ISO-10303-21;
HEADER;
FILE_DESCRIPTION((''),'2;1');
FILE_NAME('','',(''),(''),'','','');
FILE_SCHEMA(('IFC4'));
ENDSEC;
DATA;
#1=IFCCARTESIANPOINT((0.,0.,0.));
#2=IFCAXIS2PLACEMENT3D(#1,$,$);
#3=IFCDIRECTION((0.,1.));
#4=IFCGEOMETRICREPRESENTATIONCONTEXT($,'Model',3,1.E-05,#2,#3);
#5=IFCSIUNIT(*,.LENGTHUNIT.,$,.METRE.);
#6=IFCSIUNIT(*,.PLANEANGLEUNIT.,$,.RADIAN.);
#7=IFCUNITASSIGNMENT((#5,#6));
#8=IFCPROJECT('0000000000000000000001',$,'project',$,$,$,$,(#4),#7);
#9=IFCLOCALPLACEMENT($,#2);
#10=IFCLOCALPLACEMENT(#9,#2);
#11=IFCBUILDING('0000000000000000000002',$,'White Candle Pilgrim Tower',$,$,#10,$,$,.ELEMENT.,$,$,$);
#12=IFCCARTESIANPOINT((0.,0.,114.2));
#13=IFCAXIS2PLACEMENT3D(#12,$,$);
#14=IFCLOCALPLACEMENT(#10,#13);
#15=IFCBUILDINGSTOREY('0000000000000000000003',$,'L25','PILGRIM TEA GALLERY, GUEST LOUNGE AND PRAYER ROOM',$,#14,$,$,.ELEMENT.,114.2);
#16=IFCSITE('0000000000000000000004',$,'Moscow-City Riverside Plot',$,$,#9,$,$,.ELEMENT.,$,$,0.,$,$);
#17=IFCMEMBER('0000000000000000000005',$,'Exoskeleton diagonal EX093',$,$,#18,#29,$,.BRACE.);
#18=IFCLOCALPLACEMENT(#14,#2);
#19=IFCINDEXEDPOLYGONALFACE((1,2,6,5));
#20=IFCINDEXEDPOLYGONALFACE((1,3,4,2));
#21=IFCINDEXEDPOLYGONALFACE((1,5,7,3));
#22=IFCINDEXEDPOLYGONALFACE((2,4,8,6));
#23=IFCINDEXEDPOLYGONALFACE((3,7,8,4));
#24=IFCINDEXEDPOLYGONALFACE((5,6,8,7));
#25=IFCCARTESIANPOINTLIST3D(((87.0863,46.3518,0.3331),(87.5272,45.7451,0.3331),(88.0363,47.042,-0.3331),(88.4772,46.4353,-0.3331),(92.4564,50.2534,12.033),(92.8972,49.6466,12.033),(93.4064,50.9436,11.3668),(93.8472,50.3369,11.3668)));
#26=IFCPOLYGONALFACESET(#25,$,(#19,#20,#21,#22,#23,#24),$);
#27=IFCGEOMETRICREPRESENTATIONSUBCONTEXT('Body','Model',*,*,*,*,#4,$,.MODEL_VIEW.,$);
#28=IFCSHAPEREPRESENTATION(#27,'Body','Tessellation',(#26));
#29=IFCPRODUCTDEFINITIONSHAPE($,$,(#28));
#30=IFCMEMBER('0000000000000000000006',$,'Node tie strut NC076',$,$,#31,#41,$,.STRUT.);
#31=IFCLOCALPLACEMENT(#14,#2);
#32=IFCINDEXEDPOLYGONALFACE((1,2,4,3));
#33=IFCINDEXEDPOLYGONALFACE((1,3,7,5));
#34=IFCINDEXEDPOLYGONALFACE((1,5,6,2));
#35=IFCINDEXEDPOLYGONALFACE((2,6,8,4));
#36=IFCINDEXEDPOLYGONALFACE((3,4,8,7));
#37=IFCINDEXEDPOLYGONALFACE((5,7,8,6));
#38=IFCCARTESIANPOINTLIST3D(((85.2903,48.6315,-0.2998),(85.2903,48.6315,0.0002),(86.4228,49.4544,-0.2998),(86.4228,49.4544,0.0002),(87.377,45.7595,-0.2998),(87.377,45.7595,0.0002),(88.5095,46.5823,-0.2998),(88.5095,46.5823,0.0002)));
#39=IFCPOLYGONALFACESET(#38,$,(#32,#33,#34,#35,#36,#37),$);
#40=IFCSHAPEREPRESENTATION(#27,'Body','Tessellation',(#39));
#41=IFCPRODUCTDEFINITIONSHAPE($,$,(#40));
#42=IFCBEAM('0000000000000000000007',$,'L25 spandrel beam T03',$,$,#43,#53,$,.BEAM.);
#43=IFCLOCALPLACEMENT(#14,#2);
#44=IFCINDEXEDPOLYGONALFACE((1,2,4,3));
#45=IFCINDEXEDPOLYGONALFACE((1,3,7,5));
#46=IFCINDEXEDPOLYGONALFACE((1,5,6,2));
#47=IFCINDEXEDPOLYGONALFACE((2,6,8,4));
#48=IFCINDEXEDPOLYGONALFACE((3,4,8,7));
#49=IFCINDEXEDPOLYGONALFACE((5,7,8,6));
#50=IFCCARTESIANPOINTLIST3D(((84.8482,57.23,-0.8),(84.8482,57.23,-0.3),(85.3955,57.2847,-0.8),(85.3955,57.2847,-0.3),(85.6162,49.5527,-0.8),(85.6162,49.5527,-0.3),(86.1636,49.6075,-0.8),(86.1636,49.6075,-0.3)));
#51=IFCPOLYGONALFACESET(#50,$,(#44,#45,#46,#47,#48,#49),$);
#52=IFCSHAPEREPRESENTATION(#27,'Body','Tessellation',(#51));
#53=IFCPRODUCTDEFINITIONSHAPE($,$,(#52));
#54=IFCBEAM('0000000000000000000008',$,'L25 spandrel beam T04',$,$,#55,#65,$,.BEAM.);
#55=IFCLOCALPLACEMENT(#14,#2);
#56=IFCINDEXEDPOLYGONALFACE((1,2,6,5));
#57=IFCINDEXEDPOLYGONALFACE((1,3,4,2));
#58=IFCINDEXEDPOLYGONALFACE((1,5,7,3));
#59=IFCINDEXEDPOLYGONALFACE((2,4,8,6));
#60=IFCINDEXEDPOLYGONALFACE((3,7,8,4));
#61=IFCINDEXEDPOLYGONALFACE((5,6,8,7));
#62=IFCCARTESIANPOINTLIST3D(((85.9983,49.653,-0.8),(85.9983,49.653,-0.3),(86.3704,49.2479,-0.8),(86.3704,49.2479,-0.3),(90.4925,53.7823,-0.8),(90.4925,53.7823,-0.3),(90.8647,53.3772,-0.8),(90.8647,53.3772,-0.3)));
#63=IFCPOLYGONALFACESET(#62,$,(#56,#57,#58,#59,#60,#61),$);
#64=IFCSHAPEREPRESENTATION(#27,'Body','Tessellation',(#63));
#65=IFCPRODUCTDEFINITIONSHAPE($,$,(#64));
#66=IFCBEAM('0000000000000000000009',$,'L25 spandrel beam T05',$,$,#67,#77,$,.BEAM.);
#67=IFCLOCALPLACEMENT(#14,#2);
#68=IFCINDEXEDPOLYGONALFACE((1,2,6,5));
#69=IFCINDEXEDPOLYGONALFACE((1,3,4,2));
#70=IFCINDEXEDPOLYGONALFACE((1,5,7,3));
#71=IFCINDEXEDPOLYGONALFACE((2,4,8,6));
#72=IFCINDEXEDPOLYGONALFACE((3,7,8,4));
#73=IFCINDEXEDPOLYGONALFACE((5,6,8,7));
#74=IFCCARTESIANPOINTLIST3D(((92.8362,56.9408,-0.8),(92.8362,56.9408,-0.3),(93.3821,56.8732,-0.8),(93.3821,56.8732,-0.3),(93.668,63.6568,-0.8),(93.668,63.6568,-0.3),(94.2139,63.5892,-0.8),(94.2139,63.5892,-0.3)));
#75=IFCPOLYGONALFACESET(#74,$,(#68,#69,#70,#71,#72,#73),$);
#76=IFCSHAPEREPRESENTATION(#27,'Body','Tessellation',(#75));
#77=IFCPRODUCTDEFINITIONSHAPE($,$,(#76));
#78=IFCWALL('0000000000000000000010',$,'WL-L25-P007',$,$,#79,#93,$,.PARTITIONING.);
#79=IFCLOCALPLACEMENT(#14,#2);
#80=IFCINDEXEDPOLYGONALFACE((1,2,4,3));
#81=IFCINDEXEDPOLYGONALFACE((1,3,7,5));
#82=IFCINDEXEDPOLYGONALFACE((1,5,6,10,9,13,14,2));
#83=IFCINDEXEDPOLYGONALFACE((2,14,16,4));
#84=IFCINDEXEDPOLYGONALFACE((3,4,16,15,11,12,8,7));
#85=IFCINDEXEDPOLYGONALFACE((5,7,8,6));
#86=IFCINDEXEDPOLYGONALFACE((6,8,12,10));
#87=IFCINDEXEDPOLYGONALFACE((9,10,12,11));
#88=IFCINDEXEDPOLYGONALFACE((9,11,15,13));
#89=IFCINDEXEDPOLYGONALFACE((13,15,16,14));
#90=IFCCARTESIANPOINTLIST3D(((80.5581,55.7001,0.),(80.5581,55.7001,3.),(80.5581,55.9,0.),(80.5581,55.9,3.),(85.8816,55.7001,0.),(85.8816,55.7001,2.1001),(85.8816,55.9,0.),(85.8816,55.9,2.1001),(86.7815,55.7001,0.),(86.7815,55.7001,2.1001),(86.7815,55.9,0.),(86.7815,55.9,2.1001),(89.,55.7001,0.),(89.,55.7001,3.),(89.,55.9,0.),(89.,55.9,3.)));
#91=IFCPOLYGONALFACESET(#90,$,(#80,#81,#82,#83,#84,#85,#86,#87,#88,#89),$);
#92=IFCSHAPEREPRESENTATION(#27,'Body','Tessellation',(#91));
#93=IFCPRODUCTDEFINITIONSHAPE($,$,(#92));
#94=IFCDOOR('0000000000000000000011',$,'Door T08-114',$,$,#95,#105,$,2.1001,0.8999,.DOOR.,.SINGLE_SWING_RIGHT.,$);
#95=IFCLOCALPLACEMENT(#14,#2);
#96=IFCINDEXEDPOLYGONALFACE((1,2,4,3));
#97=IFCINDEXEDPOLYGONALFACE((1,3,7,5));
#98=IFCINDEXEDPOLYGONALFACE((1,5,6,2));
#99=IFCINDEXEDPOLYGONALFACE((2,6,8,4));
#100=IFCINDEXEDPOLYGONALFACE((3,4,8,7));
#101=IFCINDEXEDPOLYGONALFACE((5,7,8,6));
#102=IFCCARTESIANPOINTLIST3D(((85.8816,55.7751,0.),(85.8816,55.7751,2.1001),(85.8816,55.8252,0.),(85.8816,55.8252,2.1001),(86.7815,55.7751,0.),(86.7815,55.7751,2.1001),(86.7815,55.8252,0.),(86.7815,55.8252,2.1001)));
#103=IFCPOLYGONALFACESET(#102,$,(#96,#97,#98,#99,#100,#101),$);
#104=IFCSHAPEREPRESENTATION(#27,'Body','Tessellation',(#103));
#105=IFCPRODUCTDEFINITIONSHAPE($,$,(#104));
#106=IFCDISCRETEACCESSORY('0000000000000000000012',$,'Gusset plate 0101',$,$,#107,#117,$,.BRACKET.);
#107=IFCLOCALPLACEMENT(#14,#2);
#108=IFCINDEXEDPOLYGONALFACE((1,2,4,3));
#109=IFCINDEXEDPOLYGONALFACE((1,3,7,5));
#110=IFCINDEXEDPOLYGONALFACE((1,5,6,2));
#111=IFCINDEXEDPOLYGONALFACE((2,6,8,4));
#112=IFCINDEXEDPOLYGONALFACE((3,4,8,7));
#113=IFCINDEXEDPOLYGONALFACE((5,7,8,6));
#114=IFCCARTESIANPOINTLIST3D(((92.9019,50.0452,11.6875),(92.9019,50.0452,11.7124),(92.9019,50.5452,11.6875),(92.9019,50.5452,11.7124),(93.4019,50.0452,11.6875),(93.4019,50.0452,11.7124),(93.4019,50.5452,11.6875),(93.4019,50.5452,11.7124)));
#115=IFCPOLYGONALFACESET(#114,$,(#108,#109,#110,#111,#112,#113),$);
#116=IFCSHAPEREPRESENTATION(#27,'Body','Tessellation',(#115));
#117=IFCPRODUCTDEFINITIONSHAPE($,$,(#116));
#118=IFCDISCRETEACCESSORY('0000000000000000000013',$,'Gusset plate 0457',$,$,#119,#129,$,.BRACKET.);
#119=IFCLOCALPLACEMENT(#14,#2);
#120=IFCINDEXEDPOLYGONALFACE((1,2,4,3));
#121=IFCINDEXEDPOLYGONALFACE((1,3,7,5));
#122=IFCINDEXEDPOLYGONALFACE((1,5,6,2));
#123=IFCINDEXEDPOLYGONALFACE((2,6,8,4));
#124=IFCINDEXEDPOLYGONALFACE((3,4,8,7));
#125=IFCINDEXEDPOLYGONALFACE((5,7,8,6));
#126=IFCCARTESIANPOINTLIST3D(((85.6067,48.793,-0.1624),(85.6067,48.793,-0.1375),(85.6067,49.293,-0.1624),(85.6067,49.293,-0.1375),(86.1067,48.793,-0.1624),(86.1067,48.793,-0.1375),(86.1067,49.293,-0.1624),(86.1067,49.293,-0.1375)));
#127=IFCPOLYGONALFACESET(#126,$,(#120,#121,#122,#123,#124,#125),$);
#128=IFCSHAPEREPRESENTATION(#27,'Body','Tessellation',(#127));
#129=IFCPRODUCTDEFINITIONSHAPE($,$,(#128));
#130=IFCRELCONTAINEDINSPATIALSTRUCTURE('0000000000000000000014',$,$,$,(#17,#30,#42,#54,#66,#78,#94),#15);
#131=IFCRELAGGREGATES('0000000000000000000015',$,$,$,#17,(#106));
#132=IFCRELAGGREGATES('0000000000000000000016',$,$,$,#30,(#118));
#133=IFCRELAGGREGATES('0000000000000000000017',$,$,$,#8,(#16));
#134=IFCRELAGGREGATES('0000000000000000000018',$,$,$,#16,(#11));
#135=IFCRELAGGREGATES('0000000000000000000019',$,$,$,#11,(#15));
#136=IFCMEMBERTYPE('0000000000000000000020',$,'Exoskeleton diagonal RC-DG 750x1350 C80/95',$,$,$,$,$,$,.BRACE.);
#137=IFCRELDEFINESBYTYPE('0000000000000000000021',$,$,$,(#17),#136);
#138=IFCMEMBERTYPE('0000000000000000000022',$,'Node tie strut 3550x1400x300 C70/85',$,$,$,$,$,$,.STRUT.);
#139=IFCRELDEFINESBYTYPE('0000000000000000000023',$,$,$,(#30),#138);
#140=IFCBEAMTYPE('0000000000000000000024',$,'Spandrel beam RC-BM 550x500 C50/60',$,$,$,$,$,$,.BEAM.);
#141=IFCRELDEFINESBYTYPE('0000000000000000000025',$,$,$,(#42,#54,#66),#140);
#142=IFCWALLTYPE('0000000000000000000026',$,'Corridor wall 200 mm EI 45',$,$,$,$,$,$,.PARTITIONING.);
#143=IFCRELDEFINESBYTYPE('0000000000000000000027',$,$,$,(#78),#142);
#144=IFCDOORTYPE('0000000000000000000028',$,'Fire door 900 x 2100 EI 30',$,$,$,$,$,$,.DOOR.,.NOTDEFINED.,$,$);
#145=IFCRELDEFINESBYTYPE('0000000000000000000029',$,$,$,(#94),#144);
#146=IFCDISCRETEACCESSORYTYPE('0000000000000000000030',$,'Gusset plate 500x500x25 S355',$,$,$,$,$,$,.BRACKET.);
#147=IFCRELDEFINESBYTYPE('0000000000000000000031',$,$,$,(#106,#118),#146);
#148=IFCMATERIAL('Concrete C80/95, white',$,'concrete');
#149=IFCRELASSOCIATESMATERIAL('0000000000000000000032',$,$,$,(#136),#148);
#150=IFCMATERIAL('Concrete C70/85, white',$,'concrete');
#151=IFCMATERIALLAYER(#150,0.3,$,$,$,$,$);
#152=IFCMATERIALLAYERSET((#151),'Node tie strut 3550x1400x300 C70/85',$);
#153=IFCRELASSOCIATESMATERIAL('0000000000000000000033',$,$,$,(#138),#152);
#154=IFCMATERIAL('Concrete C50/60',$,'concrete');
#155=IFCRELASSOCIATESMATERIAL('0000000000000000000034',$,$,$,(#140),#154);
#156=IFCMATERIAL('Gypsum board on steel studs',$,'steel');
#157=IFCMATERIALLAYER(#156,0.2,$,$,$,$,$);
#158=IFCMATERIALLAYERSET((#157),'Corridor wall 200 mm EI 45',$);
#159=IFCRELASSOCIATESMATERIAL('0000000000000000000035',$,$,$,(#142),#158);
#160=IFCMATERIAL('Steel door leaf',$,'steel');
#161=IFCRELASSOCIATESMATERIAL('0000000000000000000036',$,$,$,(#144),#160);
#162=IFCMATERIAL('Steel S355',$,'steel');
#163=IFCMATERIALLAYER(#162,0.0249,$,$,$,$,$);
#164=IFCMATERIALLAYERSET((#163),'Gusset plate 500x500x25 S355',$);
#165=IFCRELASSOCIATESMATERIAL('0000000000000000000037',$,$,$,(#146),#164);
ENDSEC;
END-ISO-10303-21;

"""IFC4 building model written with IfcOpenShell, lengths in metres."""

from ifc_helpers import new_model, si_unit, direction, frame, frame_2d, origin, origin_2d, place, context, subcontext, project, spatial, rectangle, extrude, material, layer, layer_set, material_profile, profile_set, type_object, element, fill, aggregate, save


model = new_model("IFC4")

# Units and contexts
model_context = context("Model", 3, precision=1e-05, world=origin(), true_north=direction((0.0, 1.0)))
body_context = subcontext(model_context, "Body", "Model", "MODEL_VIEW")
ifc_project = project(units=[si_unit("LENGTHUNIT", "METRE"), si_unit("PLANEANGLEUNIT", "RADIAN")], contexts=[model_context])

# Site, building, storey
site_placement = place(None, origin())
site = spatial("IfcSite", under=ifc_project, at=site_placement, Name="Moscow-City Riverside Plot", CompositionType="ELEMENT", RefElevation=0.0)
building_placement = place(site_placement, origin())
building = spatial("IfcBuilding", under=site, at=building_placement, Name="White Candle Pilgrim Tower", CompositionType="ELEMENT")
storey_placement = place(building_placement, frame((0.0, 0.0, 114.2)))
storey = spatial("IfcBuildingStorey", under=building, at=storey_placement, Name="L25", Description="PILGRIM TEA GALLERY, GUEST LOUNGE AND PRAYER ROOM", CompositionType="ELEMENT", Elevation=114.2)

# Members
ifc_material_1 = material(Name="Concrete C80/95, white", Category="concrete")
ifc_material_profile_1 = material_profile(ifc_material_1, rectangle(XDim=0.75, YDim=1.3501, at=origin_2d()), Name="RC-DG 750x1350")
ifc_profile_set_1 = profile_set([ifc_material_profile_1], Name="Concrete C80/95, white")
member_type_1 = type_object("IfcMemberType", Name="Exoskeleton diagonal RC-DG 750x1350 C80/95", PredefinedType="BRACE", material=ifc_profile_set_1)
member_1_placement = place(storey_placement, frame((87.7817, 46.3936, 0.0), z_axis=(0.399213, 0.290045, 0.869772), x_axis=(-0.587785, 0.809018, 0.0)))
member_1 = element("IfcMember", 1, at=member_1_placement, inside=storey, type_object=member_type_1, Name="Exoskeleton diagonal EX093", PredefinedType="BRACE", context=body_context, shape_type="SweptSolid", body=[
    extrude(rectangle(XDim=0.75, YDim=1.3501, at=origin_2d()), origin(), (0.0, 0.0, 1.0), 13.4517),
])
ifc_material_2 = material(Name="Concrete C70/85, white", Category="concrete")
ifc_layer_1 = layer(ifc_material_2, 0.3)
ifc_layer_set_1 = layer_set([ifc_layer_1], Name="Node tie strut 3550x1400x300 C70/85")
member_type_2 = type_object("IfcMemberType", Name="Node tie strut 3550x1400x300 C70/85", PredefinedType="STRUT", material=ifc_layer_set_1)
member_2_placement = place(storey_placement, frame((86.8999, 47.6069, -0.2998), z_axis=(0.0, 0.0, 1.0), x_axis=(0.809017, 0.587785, 0.0)))
member_2 = element("IfcMember", 2, at=member_2_placement, inside=storey, type_object=member_type_2, Name="Node tie strut NC076", PredefinedType="STRUT", context=body_context, shape_type="SweptSolid", body=[
    extrude(rectangle(XDim=1.3999, YDim=3.55, at=origin_2d()), origin(), (0.0, 0.0, 1.0), 0.3),
])

# Beams
ifc_material_3 = material(Name="Concrete C50/60", Category="concrete")
ifc_material_profile_2 = material_profile(ifc_material_3, rectangle(XDim=0.55, YDim=0.5, at=origin_2d()), Name="RC-BM 550x500")
ifc_profile_set_2 = profile_set([ifc_material_profile_2], Name="Concrete C50/60")
beam_type = type_object("IfcBeamType", Name="Spandrel beam RC-BM 550x500 C50/60", PredefinedType="BEAM", material=ifc_profile_set_2)
beam_1_placement = place(storey_placement, frame((85.8899, 49.5801, -0.55), z_axis=(-0.099548, 0.995033, 0.0), x_axis=(-0.995033, -0.099548, 0.0)))
element("IfcBeam", 3, at=beam_1_placement, inside=storey, type_object=beam_type, Name="L25 spandrel beam T03", PredefinedType="BEAM", context=body_context, shape_type="SweptSolid", body=[
    extrude(rectangle(XDim=0.55, YDim=0.5, at=origin_2d()), origin(), (0.0, 0.0, 1.0), 7.7156),
])
beam_2_placement = place(storey_placement, frame((86.1843, 49.4504, -0.55), z_axis=(0.736375, 0.676574, 0.0), x_axis=(-0.676574, 0.736375, 0.0)))
element("IfcBeam", 4, at=beam_2_placement, inside=storey, type_object=beam_type, Name="L25 spandrel beam T04", PredefinedType="BEAM", context=body_context, shape_type="SweptSolid", body=[
    extrude(rectangle(XDim=0.55, YDim=0.5, at=origin_2d()), origin(), (0.0, 0.0, 1.0), 6.1033),
])
beam_3_placement = place(storey_placement, frame((93.1091, 56.907, -0.55), z_axis=(0.122911, 0.992418, 0.0), x_axis=(-0.992418, 0.122911, 0.0)))
element("IfcBeam", 5, at=beam_3_placement, inside=storey, type_object=beam_type, Name="L25 spandrel beam T05", PredefinedType="BEAM", context=body_context, shape_type="SweptSolid", body=[
    extrude(rectangle(XDim=0.55, YDim=0.5, at=origin_2d()), origin(), (0.0, 0.0, 1.0), 6.7673),
])

# Wall, opening, door
ifc_material_4 = material(Name="Gypsum board on steel studs", Category="steel")
ifc_layer_2 = layer(ifc_material_4, 0.2)
ifc_layer_set_2 = layer_set([ifc_layer_2], Name="Corridor wall 200 mm EI 45")
wall_type_1 = type_object("IfcWallType", Name="Corridor wall 200 mm EI 45", PredefinedType="PARTITIONING", material=ifc_layer_set_2)
wall_1_placement = place(storey_placement, frame((89.0, 55.8, 0.0), z_axis=(0.0, 0.0, 1.0), x_axis=(-1.0, 0.0, 0.0)))
wall_1 = element("IfcWall", 6, at=wall_1_placement, inside=storey, type_object=wall_type_1, Name="WL-L25-P007", PredefinedType="PARTITIONING", context=body_context, shape_type="SweptSolid", body=[
    extrude(rectangle(XDim=8.4419, YDim=0.2, at=frame_2d((4.2209, 0.0))), origin(), (0.0, 0.0, 1.0), 3.0),
])
opening_1_placement = place(wall_1_placement, frame((2.2185, 0.0, 0.0)))
opening_1 = element("IfcOpeningElement", 7, at=opening_1_placement, cuts=wall_1, PredefinedType="OPENING", context=body_context, shape_type="SweptSolid", body=[
    extrude(rectangle(XDim=0.8999, YDim=2.1001, at=frame_2d((0.45, 1.05))), frame((0.0, 0.1099, 0.0), z_axis=(0.0, -1.0, 0.0), x_axis=(1.0, 0.0, 0.0)), (0.0, 0.0, 1.0), 0.22),
])
ifc_material_5 = material(Name="Steel door leaf", Category="steel")
door_type_1 = type_object("IfcDoorType", Name="Fire door 900 x 2100 EI 30", OperationType="NOTDEFINED", PredefinedType="DOOR", material=ifc_material_5)
door_1_placement = place(opening_1_placement, origin())
door_1 = element("IfcDoor", 8, at=door_1_placement, inside=storey, type_object=door_type_1, Name="Door T08-114", OperationType="SINGLE_SWING_RIGHT", OverallHeight=2.1001, OverallWidth=0.8999, PredefinedType="DOOR", context=body_context, shape_type="SweptSolid", body=[
    extrude(rectangle(XDim=0.8999, YDim=2.1001, at=frame_2d((0.45, 1.05))), frame((0.0, 0.0249, 0.0), z_axis=(0.0, -1.0, 0.0), x_axis=(1.0, 0.0, 0.0)), (0.0, 0.0, 1.0), 0.05),
])
fill(opening_1, door_1)

# Discrete accessories
ifc_material_6 = material(Name="Steel S355", Category="steel")
ifc_layer_3 = layer(ifc_material_6, 0.0249)
ifc_layer_set_3 = layer_set([ifc_layer_3], Name="Gusset plate 500x500x25 S355")
discrete_accessory_type = type_object("IfcDiscreteAccessoryType", Name="Gusset plate 500x500x25 S355", PredefinedType="BRACKET", material=ifc_layer_set_3)
placement = place(building_placement, frame((0.0, 0.0, 125.8999)))
discrete_accessory_1_placement = place(placement, frame((93.1519, 50.2952, -0.0125), z_axis=(0.0, 0.0, 1.0), x_axis=(1.0, 0.0, 0.0)))
discrete_accessory_1 = element("IfcDiscreteAccessory", 9, at=discrete_accessory_1_placement, type_object=discrete_accessory_type, Name="Gusset plate 0101", PredefinedType="BRACKET", context=body_context, shape_type="SweptSolid", body=[
    extrude(rectangle(XDim=0.5, YDim=0.5, at=origin_2d()), origin(), (0.0, 0.0, 1.0), 0.0249),
])
aggregate(member_1, [discrete_accessory_1])
discrete_accessory_2_placement = place(storey_placement, frame((85.8567, 49.043, -0.1624), z_axis=(0.0, 0.0, 1.0), x_axis=(1.0, 0.0, 0.0)))
discrete_accessory_2 = element("IfcDiscreteAccessory", 10, at=discrete_accessory_2_placement, type_object=discrete_accessory_type, Name="Gusset plate 0457", PredefinedType="BRACKET", context=body_context, shape_type="SweptSolid", body=[
    extrude(rectangle(XDim=0.5, YDim=0.5, at=origin_2d()), origin(), (0.0, 0.0, 1.0), 0.0249),
])
aggregate(member_2, [discrete_accessory_2])

save(model, "model.ifc")
